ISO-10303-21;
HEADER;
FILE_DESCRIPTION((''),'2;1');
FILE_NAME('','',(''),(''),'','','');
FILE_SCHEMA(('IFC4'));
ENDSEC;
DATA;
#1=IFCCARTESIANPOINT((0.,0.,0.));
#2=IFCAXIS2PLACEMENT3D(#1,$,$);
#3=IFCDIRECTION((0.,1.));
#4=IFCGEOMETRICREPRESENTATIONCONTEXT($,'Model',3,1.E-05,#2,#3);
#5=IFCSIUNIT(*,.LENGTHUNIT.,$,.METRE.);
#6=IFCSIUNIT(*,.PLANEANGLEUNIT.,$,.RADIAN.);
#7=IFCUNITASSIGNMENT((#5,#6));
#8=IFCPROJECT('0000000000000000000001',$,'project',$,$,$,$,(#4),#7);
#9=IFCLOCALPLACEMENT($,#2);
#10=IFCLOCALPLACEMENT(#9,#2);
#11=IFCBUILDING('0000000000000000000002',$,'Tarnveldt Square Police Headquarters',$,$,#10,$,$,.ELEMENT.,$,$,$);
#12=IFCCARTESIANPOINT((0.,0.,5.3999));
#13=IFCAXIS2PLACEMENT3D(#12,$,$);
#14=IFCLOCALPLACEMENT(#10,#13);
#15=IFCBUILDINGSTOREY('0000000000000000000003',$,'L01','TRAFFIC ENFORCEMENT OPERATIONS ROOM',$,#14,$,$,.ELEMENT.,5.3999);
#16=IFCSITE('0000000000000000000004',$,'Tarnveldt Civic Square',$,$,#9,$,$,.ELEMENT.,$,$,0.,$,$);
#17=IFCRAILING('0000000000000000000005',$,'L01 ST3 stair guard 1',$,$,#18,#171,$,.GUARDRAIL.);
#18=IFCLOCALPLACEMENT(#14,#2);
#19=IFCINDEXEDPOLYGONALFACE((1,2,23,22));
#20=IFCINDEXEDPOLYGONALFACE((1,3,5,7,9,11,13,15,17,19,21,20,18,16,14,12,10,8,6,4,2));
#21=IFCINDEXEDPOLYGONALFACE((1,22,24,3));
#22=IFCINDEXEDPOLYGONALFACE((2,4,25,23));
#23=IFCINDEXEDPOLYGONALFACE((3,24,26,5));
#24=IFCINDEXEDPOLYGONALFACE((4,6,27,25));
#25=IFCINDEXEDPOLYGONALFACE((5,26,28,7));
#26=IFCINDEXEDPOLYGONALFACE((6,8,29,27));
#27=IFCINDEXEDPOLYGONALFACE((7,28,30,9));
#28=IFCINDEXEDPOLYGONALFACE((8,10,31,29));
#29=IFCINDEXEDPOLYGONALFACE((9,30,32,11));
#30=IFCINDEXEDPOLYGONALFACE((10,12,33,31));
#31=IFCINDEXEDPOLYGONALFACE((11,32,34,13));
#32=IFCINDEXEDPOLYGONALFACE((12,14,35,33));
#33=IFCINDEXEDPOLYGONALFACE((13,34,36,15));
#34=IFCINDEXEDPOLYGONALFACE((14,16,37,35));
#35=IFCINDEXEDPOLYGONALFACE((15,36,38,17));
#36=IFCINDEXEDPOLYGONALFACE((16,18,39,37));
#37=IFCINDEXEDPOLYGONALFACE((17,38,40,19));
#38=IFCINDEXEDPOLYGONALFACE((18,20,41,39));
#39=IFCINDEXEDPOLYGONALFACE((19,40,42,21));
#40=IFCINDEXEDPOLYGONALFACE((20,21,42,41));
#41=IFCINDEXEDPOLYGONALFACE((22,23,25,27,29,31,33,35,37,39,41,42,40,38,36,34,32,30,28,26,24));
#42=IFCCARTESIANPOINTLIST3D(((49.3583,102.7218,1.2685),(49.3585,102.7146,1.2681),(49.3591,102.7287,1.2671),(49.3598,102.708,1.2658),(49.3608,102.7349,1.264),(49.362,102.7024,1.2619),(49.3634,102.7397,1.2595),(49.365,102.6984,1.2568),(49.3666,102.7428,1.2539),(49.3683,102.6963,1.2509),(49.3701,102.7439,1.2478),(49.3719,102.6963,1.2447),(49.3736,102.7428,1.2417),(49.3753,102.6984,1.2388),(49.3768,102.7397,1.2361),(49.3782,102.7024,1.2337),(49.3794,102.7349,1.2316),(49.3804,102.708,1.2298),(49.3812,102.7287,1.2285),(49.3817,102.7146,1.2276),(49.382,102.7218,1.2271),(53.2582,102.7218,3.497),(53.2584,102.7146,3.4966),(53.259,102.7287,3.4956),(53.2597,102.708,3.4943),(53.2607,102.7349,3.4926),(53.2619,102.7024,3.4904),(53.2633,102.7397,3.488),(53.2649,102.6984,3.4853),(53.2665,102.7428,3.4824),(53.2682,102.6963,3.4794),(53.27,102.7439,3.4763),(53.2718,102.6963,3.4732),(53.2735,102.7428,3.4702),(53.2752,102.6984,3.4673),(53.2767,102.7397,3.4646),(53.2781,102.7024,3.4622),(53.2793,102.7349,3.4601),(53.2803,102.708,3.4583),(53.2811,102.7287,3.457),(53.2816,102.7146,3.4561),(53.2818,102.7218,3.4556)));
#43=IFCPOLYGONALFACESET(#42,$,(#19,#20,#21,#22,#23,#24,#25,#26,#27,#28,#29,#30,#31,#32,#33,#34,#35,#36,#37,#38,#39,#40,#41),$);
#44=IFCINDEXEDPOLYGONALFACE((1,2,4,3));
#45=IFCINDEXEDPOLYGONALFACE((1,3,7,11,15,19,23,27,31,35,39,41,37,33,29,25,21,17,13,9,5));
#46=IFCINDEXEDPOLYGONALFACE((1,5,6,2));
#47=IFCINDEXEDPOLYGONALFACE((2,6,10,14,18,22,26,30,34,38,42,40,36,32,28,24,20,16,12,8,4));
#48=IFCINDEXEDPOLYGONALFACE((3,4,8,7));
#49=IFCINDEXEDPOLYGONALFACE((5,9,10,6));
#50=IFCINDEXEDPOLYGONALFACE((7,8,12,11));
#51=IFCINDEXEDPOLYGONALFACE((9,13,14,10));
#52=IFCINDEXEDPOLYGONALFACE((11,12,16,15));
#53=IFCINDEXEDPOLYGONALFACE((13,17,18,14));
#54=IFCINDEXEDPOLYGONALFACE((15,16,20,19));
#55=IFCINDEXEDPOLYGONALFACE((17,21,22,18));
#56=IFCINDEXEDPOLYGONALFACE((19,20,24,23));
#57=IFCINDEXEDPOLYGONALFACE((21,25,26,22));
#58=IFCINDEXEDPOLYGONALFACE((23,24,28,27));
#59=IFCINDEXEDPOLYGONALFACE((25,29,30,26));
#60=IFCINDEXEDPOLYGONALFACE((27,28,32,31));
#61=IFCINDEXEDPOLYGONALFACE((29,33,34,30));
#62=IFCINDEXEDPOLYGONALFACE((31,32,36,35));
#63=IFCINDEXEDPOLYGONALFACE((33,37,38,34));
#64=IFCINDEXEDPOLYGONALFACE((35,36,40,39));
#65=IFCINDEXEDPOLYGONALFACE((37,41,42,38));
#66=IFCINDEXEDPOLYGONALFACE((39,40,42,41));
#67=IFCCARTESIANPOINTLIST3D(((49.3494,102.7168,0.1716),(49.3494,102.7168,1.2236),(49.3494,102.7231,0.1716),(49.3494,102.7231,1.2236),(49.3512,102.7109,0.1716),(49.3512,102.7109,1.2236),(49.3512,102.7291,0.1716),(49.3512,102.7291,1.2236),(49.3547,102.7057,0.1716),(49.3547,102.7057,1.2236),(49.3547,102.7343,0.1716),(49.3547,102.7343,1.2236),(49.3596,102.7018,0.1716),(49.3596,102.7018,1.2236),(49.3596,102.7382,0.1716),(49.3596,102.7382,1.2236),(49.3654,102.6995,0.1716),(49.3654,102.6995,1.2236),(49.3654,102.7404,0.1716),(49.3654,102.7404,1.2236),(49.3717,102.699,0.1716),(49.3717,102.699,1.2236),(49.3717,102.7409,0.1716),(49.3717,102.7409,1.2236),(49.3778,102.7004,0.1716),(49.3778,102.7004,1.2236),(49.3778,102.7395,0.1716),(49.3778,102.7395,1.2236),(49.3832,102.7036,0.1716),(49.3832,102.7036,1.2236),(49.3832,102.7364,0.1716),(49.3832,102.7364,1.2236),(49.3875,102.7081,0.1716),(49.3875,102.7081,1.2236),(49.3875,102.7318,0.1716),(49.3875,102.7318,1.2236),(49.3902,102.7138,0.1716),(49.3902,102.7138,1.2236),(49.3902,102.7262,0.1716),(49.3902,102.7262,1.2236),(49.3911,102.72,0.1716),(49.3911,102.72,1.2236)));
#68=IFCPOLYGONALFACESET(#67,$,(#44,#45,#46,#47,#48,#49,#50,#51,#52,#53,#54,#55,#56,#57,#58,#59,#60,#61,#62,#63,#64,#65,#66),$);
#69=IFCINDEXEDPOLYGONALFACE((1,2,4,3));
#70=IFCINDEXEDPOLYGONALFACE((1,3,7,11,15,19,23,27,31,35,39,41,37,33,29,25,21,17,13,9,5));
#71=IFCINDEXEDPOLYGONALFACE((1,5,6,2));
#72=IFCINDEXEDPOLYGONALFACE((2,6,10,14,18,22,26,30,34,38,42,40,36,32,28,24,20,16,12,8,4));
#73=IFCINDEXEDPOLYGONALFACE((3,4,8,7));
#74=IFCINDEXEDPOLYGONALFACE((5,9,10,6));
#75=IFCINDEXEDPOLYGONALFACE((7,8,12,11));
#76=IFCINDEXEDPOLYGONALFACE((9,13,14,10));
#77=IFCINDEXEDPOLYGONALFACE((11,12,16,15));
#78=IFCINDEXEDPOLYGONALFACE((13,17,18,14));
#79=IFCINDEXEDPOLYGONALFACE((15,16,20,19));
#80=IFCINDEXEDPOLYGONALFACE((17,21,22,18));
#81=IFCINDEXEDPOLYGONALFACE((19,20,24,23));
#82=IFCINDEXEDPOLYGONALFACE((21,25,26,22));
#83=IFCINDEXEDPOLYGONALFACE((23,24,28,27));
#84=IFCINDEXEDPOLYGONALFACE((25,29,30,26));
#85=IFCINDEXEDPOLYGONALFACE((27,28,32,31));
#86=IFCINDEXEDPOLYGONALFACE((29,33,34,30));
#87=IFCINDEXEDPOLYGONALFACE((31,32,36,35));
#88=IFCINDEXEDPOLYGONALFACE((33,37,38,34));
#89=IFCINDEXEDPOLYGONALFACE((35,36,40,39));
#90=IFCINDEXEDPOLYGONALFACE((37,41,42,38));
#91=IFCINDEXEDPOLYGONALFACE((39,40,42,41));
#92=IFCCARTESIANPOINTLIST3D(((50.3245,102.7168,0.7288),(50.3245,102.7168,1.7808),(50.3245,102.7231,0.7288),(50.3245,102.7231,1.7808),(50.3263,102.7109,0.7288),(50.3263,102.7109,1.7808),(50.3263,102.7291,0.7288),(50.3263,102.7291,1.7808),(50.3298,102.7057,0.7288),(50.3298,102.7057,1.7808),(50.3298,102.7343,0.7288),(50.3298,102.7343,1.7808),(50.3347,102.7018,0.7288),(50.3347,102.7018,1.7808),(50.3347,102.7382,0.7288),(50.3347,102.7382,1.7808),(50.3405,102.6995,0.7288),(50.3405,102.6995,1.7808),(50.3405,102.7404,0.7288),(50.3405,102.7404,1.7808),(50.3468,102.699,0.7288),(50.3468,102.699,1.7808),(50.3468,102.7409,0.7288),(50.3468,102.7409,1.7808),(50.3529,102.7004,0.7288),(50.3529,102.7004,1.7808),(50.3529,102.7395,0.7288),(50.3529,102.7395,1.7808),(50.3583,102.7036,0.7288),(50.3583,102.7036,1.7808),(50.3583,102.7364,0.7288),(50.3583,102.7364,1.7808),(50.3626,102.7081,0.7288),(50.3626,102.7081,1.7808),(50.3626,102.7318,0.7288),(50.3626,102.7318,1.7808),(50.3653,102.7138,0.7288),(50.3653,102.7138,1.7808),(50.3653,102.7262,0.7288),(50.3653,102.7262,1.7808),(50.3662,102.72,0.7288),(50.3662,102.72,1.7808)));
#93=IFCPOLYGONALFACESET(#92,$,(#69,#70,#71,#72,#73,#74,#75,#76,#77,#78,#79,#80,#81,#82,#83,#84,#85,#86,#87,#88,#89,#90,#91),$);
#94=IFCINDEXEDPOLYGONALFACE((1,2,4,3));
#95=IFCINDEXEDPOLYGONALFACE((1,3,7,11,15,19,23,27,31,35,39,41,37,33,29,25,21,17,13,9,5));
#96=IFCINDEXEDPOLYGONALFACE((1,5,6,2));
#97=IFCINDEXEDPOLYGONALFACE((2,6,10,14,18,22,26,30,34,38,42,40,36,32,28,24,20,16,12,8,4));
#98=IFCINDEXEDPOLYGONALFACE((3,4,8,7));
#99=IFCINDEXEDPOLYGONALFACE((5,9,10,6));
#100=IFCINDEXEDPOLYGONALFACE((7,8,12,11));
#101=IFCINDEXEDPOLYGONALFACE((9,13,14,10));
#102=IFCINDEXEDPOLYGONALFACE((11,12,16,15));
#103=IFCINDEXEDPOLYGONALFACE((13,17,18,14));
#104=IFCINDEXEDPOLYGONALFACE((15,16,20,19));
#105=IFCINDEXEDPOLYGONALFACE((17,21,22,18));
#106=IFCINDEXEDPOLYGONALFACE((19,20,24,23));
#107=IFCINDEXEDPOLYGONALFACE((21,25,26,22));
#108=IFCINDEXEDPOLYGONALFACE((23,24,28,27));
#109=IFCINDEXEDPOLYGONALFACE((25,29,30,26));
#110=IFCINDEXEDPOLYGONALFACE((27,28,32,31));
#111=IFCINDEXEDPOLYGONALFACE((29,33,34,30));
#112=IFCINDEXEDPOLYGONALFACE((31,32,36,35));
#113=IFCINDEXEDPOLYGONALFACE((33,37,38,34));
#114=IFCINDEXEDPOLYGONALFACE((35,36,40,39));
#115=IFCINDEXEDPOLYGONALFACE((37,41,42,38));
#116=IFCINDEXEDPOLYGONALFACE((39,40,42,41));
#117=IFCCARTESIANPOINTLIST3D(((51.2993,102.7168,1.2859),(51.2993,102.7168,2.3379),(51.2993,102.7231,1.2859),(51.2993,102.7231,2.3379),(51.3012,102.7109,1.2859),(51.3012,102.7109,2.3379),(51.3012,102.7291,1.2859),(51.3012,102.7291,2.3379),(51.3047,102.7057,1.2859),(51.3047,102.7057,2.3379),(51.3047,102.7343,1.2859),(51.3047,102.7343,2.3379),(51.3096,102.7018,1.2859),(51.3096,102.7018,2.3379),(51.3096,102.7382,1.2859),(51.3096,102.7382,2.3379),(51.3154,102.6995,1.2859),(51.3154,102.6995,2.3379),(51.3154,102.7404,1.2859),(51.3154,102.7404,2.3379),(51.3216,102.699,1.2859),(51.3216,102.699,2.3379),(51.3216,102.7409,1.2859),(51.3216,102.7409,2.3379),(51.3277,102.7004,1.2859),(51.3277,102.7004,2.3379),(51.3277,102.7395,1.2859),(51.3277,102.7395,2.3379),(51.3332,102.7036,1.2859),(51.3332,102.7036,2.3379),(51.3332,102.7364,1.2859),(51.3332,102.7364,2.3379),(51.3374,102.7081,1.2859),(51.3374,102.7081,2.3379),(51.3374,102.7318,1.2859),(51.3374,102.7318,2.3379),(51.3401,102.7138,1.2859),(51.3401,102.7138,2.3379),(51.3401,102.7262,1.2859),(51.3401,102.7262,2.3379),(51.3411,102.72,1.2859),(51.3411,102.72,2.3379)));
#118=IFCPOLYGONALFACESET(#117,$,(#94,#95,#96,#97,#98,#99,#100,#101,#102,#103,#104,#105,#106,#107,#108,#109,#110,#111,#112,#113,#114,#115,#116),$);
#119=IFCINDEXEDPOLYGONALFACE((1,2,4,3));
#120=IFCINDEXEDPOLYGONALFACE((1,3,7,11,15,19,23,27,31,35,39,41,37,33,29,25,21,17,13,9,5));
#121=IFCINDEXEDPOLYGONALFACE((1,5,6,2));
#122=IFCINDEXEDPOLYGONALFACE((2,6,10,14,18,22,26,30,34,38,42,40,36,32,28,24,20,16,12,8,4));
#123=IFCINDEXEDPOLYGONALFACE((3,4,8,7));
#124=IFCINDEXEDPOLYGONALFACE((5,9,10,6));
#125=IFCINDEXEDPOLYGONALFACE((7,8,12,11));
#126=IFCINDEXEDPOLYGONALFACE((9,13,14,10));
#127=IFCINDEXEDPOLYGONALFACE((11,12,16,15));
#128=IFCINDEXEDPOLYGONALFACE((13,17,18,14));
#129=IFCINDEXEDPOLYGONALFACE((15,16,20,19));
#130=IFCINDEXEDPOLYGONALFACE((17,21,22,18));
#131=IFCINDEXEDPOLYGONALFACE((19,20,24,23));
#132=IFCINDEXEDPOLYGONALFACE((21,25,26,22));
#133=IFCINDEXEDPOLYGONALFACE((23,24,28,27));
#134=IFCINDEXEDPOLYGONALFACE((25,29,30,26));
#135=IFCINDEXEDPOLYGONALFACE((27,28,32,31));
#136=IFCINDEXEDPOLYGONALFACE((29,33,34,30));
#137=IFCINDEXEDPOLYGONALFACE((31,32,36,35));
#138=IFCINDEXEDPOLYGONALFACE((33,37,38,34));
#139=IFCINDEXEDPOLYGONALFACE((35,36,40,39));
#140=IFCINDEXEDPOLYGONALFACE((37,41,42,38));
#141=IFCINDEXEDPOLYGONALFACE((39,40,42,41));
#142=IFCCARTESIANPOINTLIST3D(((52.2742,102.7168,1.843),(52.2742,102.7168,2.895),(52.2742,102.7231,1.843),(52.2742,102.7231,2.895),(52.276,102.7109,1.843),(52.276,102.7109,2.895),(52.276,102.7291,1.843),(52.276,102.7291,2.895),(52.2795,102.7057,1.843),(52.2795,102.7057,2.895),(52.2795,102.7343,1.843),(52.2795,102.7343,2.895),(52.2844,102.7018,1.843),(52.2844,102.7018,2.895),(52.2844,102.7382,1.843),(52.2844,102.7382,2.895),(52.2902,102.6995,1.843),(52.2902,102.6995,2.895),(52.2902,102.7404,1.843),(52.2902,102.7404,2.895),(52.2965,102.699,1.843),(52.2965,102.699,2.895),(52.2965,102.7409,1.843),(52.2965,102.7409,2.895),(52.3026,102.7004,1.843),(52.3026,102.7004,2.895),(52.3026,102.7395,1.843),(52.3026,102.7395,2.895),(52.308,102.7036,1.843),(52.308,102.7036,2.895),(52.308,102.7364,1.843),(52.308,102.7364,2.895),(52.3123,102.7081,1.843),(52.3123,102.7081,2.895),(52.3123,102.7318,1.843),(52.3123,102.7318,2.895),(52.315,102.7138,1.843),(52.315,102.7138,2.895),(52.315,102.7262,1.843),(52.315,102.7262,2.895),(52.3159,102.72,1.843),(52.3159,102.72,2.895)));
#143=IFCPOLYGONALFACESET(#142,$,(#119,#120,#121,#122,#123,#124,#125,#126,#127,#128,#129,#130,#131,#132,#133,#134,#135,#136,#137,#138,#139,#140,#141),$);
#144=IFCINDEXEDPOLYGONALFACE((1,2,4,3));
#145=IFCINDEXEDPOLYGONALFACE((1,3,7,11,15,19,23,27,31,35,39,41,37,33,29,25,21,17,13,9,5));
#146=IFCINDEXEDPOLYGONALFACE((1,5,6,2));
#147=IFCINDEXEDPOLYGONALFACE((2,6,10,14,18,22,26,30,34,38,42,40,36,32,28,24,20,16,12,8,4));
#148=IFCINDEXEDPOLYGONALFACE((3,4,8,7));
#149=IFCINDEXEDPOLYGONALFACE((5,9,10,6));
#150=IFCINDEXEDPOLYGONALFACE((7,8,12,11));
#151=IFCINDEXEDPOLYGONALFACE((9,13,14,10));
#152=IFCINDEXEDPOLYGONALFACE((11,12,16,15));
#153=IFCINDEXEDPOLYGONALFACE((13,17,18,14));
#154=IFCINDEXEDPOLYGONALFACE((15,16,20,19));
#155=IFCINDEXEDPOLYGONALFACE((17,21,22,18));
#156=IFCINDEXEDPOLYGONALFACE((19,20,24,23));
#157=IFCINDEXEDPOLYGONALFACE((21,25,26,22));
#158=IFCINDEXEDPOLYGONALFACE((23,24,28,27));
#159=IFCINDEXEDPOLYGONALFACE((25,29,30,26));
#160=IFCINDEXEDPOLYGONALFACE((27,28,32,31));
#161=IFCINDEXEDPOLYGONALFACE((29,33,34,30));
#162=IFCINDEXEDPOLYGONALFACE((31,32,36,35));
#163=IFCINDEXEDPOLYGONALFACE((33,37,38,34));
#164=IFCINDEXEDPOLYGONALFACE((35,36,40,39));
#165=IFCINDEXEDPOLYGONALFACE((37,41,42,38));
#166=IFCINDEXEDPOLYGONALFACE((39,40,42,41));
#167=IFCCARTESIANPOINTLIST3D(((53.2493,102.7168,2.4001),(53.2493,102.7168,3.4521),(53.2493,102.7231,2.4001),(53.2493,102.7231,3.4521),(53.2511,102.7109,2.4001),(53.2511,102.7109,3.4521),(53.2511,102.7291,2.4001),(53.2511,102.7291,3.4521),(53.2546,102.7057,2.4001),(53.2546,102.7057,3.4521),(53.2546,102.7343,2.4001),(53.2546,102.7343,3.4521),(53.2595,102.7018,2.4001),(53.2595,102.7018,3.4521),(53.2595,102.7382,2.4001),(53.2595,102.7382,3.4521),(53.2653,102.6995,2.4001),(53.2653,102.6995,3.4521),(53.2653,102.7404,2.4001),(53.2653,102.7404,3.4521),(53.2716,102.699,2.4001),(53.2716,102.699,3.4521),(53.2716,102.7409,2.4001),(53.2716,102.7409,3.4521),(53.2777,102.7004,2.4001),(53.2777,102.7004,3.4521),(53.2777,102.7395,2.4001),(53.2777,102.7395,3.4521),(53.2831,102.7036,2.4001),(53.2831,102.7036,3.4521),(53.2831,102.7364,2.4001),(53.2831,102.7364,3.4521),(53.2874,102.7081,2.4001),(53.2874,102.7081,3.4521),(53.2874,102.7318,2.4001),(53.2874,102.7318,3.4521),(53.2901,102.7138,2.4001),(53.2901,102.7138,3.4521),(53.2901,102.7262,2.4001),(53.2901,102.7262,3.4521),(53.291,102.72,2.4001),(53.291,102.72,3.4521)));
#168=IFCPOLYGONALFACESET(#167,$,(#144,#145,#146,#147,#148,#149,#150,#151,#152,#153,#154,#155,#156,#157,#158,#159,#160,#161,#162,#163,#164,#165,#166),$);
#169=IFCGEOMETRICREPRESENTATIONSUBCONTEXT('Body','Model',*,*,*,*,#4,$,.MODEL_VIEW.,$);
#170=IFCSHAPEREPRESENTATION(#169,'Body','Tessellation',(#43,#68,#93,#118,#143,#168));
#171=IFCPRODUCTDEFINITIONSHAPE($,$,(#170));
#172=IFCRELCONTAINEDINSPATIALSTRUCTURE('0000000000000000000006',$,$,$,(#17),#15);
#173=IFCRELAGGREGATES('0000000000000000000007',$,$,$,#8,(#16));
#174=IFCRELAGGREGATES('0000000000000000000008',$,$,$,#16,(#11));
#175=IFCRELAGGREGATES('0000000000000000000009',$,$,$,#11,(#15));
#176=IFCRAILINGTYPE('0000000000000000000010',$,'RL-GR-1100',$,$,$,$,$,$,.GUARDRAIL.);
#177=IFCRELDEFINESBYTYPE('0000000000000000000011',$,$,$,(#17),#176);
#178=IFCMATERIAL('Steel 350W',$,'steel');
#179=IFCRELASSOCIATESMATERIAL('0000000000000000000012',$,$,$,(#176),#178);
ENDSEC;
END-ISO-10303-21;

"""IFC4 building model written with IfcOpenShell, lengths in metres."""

from ifc_helpers import new_model, si_unit, direction, frame, origin, origin_2d, place, context, subcontext, project, spatial, circle, extrude, material, type_object, element, save


model = new_model("IFC4")

# Units and contexts
model_context = context("Model", 3, precision=1e-05, world=origin(), true_north=direction((0.0, 1.0)))
body_context = subcontext(model_context, "Body", "Model", "MODEL_VIEW")
ifc_project = project(units=[si_unit("LENGTHUNIT", "METRE"), si_unit("PLANEANGLEUNIT", "RADIAN")], contexts=[model_context])

# Site, building, storey
site_placement = place(None, origin())
site = spatial("IfcSite", under=ifc_project, at=site_placement, Name="Tarnveldt Civic Square", CompositionType="ELEMENT", RefElevation=0.0)
building_placement = place(site_placement, origin())
building = spatial("IfcBuilding", under=site, at=building_placement, Name="Tarnveldt Square Police Headquarters", CompositionType="ELEMENT")
storey_placement = place(building_placement, frame((0.0, 0.0, 5.3999)))
storey = spatial("IfcBuildingStorey", under=building, at=storey_placement, Name="L01", Description="TRAFFIC ENFORCEMENT OPERATIONS ROOM", CompositionType="ELEMENT", Elevation=5.3999)

# Railing
ifc_material_1 = material(Name="Steel 350W", Category="steel")
railing_type_1 = type_object("IfcRailingType", Name="RL-GR-1100", PredefinedType="GUARDRAIL", material=ifc_material_1)
railing_1_placement = place(storey_placement, frame((49.3701, 102.72, 0.1716)))
element("IfcRailing", 1, at=railing_1_placement, inside=storey, type_object=railing_type_1, Name="L01 ST3 stair guard 1", PredefinedType="GUARDRAIL", context=body_context, shape_type="SweptSolid", body=[
    extrude(circle(Radius=0.0239, at=origin_2d()), frame((0.0, 0.0, 1.0762), z_axis=(0.868243, 0.0, 0.496139), x_axis=(0.0, 1.0, 0.0)), (0.0, 0.0, 1.0), 4.4917),
    extrude(circle(Radius=0.021, at=origin_2d()), origin(), (0.0, 0.0, 1.0), 1.052),
    extrude(circle(Radius=0.021, at=origin_2d()), frame((0.9751, 0.0, 0.5571)), (0.0, 0.0, 1.0), 1.052),
    extrude(circle(Radius=0.021, at=origin_2d()), frame((1.95, 0.0, 1.1143)), (0.0, 0.0, 1.0), 1.052),
    extrude(circle(Radius=0.021, at=origin_2d()), frame((2.9248, 0.0, 1.6714)), (0.0, 0.0, 1.0), 1.052),
    extrude(circle(Radius=0.021, at=origin_2d()), frame((3.8999, 0.0, 2.2285)), (0.0, 0.0, 1.0), 1.052),
])

save(model, "model.ifc")
